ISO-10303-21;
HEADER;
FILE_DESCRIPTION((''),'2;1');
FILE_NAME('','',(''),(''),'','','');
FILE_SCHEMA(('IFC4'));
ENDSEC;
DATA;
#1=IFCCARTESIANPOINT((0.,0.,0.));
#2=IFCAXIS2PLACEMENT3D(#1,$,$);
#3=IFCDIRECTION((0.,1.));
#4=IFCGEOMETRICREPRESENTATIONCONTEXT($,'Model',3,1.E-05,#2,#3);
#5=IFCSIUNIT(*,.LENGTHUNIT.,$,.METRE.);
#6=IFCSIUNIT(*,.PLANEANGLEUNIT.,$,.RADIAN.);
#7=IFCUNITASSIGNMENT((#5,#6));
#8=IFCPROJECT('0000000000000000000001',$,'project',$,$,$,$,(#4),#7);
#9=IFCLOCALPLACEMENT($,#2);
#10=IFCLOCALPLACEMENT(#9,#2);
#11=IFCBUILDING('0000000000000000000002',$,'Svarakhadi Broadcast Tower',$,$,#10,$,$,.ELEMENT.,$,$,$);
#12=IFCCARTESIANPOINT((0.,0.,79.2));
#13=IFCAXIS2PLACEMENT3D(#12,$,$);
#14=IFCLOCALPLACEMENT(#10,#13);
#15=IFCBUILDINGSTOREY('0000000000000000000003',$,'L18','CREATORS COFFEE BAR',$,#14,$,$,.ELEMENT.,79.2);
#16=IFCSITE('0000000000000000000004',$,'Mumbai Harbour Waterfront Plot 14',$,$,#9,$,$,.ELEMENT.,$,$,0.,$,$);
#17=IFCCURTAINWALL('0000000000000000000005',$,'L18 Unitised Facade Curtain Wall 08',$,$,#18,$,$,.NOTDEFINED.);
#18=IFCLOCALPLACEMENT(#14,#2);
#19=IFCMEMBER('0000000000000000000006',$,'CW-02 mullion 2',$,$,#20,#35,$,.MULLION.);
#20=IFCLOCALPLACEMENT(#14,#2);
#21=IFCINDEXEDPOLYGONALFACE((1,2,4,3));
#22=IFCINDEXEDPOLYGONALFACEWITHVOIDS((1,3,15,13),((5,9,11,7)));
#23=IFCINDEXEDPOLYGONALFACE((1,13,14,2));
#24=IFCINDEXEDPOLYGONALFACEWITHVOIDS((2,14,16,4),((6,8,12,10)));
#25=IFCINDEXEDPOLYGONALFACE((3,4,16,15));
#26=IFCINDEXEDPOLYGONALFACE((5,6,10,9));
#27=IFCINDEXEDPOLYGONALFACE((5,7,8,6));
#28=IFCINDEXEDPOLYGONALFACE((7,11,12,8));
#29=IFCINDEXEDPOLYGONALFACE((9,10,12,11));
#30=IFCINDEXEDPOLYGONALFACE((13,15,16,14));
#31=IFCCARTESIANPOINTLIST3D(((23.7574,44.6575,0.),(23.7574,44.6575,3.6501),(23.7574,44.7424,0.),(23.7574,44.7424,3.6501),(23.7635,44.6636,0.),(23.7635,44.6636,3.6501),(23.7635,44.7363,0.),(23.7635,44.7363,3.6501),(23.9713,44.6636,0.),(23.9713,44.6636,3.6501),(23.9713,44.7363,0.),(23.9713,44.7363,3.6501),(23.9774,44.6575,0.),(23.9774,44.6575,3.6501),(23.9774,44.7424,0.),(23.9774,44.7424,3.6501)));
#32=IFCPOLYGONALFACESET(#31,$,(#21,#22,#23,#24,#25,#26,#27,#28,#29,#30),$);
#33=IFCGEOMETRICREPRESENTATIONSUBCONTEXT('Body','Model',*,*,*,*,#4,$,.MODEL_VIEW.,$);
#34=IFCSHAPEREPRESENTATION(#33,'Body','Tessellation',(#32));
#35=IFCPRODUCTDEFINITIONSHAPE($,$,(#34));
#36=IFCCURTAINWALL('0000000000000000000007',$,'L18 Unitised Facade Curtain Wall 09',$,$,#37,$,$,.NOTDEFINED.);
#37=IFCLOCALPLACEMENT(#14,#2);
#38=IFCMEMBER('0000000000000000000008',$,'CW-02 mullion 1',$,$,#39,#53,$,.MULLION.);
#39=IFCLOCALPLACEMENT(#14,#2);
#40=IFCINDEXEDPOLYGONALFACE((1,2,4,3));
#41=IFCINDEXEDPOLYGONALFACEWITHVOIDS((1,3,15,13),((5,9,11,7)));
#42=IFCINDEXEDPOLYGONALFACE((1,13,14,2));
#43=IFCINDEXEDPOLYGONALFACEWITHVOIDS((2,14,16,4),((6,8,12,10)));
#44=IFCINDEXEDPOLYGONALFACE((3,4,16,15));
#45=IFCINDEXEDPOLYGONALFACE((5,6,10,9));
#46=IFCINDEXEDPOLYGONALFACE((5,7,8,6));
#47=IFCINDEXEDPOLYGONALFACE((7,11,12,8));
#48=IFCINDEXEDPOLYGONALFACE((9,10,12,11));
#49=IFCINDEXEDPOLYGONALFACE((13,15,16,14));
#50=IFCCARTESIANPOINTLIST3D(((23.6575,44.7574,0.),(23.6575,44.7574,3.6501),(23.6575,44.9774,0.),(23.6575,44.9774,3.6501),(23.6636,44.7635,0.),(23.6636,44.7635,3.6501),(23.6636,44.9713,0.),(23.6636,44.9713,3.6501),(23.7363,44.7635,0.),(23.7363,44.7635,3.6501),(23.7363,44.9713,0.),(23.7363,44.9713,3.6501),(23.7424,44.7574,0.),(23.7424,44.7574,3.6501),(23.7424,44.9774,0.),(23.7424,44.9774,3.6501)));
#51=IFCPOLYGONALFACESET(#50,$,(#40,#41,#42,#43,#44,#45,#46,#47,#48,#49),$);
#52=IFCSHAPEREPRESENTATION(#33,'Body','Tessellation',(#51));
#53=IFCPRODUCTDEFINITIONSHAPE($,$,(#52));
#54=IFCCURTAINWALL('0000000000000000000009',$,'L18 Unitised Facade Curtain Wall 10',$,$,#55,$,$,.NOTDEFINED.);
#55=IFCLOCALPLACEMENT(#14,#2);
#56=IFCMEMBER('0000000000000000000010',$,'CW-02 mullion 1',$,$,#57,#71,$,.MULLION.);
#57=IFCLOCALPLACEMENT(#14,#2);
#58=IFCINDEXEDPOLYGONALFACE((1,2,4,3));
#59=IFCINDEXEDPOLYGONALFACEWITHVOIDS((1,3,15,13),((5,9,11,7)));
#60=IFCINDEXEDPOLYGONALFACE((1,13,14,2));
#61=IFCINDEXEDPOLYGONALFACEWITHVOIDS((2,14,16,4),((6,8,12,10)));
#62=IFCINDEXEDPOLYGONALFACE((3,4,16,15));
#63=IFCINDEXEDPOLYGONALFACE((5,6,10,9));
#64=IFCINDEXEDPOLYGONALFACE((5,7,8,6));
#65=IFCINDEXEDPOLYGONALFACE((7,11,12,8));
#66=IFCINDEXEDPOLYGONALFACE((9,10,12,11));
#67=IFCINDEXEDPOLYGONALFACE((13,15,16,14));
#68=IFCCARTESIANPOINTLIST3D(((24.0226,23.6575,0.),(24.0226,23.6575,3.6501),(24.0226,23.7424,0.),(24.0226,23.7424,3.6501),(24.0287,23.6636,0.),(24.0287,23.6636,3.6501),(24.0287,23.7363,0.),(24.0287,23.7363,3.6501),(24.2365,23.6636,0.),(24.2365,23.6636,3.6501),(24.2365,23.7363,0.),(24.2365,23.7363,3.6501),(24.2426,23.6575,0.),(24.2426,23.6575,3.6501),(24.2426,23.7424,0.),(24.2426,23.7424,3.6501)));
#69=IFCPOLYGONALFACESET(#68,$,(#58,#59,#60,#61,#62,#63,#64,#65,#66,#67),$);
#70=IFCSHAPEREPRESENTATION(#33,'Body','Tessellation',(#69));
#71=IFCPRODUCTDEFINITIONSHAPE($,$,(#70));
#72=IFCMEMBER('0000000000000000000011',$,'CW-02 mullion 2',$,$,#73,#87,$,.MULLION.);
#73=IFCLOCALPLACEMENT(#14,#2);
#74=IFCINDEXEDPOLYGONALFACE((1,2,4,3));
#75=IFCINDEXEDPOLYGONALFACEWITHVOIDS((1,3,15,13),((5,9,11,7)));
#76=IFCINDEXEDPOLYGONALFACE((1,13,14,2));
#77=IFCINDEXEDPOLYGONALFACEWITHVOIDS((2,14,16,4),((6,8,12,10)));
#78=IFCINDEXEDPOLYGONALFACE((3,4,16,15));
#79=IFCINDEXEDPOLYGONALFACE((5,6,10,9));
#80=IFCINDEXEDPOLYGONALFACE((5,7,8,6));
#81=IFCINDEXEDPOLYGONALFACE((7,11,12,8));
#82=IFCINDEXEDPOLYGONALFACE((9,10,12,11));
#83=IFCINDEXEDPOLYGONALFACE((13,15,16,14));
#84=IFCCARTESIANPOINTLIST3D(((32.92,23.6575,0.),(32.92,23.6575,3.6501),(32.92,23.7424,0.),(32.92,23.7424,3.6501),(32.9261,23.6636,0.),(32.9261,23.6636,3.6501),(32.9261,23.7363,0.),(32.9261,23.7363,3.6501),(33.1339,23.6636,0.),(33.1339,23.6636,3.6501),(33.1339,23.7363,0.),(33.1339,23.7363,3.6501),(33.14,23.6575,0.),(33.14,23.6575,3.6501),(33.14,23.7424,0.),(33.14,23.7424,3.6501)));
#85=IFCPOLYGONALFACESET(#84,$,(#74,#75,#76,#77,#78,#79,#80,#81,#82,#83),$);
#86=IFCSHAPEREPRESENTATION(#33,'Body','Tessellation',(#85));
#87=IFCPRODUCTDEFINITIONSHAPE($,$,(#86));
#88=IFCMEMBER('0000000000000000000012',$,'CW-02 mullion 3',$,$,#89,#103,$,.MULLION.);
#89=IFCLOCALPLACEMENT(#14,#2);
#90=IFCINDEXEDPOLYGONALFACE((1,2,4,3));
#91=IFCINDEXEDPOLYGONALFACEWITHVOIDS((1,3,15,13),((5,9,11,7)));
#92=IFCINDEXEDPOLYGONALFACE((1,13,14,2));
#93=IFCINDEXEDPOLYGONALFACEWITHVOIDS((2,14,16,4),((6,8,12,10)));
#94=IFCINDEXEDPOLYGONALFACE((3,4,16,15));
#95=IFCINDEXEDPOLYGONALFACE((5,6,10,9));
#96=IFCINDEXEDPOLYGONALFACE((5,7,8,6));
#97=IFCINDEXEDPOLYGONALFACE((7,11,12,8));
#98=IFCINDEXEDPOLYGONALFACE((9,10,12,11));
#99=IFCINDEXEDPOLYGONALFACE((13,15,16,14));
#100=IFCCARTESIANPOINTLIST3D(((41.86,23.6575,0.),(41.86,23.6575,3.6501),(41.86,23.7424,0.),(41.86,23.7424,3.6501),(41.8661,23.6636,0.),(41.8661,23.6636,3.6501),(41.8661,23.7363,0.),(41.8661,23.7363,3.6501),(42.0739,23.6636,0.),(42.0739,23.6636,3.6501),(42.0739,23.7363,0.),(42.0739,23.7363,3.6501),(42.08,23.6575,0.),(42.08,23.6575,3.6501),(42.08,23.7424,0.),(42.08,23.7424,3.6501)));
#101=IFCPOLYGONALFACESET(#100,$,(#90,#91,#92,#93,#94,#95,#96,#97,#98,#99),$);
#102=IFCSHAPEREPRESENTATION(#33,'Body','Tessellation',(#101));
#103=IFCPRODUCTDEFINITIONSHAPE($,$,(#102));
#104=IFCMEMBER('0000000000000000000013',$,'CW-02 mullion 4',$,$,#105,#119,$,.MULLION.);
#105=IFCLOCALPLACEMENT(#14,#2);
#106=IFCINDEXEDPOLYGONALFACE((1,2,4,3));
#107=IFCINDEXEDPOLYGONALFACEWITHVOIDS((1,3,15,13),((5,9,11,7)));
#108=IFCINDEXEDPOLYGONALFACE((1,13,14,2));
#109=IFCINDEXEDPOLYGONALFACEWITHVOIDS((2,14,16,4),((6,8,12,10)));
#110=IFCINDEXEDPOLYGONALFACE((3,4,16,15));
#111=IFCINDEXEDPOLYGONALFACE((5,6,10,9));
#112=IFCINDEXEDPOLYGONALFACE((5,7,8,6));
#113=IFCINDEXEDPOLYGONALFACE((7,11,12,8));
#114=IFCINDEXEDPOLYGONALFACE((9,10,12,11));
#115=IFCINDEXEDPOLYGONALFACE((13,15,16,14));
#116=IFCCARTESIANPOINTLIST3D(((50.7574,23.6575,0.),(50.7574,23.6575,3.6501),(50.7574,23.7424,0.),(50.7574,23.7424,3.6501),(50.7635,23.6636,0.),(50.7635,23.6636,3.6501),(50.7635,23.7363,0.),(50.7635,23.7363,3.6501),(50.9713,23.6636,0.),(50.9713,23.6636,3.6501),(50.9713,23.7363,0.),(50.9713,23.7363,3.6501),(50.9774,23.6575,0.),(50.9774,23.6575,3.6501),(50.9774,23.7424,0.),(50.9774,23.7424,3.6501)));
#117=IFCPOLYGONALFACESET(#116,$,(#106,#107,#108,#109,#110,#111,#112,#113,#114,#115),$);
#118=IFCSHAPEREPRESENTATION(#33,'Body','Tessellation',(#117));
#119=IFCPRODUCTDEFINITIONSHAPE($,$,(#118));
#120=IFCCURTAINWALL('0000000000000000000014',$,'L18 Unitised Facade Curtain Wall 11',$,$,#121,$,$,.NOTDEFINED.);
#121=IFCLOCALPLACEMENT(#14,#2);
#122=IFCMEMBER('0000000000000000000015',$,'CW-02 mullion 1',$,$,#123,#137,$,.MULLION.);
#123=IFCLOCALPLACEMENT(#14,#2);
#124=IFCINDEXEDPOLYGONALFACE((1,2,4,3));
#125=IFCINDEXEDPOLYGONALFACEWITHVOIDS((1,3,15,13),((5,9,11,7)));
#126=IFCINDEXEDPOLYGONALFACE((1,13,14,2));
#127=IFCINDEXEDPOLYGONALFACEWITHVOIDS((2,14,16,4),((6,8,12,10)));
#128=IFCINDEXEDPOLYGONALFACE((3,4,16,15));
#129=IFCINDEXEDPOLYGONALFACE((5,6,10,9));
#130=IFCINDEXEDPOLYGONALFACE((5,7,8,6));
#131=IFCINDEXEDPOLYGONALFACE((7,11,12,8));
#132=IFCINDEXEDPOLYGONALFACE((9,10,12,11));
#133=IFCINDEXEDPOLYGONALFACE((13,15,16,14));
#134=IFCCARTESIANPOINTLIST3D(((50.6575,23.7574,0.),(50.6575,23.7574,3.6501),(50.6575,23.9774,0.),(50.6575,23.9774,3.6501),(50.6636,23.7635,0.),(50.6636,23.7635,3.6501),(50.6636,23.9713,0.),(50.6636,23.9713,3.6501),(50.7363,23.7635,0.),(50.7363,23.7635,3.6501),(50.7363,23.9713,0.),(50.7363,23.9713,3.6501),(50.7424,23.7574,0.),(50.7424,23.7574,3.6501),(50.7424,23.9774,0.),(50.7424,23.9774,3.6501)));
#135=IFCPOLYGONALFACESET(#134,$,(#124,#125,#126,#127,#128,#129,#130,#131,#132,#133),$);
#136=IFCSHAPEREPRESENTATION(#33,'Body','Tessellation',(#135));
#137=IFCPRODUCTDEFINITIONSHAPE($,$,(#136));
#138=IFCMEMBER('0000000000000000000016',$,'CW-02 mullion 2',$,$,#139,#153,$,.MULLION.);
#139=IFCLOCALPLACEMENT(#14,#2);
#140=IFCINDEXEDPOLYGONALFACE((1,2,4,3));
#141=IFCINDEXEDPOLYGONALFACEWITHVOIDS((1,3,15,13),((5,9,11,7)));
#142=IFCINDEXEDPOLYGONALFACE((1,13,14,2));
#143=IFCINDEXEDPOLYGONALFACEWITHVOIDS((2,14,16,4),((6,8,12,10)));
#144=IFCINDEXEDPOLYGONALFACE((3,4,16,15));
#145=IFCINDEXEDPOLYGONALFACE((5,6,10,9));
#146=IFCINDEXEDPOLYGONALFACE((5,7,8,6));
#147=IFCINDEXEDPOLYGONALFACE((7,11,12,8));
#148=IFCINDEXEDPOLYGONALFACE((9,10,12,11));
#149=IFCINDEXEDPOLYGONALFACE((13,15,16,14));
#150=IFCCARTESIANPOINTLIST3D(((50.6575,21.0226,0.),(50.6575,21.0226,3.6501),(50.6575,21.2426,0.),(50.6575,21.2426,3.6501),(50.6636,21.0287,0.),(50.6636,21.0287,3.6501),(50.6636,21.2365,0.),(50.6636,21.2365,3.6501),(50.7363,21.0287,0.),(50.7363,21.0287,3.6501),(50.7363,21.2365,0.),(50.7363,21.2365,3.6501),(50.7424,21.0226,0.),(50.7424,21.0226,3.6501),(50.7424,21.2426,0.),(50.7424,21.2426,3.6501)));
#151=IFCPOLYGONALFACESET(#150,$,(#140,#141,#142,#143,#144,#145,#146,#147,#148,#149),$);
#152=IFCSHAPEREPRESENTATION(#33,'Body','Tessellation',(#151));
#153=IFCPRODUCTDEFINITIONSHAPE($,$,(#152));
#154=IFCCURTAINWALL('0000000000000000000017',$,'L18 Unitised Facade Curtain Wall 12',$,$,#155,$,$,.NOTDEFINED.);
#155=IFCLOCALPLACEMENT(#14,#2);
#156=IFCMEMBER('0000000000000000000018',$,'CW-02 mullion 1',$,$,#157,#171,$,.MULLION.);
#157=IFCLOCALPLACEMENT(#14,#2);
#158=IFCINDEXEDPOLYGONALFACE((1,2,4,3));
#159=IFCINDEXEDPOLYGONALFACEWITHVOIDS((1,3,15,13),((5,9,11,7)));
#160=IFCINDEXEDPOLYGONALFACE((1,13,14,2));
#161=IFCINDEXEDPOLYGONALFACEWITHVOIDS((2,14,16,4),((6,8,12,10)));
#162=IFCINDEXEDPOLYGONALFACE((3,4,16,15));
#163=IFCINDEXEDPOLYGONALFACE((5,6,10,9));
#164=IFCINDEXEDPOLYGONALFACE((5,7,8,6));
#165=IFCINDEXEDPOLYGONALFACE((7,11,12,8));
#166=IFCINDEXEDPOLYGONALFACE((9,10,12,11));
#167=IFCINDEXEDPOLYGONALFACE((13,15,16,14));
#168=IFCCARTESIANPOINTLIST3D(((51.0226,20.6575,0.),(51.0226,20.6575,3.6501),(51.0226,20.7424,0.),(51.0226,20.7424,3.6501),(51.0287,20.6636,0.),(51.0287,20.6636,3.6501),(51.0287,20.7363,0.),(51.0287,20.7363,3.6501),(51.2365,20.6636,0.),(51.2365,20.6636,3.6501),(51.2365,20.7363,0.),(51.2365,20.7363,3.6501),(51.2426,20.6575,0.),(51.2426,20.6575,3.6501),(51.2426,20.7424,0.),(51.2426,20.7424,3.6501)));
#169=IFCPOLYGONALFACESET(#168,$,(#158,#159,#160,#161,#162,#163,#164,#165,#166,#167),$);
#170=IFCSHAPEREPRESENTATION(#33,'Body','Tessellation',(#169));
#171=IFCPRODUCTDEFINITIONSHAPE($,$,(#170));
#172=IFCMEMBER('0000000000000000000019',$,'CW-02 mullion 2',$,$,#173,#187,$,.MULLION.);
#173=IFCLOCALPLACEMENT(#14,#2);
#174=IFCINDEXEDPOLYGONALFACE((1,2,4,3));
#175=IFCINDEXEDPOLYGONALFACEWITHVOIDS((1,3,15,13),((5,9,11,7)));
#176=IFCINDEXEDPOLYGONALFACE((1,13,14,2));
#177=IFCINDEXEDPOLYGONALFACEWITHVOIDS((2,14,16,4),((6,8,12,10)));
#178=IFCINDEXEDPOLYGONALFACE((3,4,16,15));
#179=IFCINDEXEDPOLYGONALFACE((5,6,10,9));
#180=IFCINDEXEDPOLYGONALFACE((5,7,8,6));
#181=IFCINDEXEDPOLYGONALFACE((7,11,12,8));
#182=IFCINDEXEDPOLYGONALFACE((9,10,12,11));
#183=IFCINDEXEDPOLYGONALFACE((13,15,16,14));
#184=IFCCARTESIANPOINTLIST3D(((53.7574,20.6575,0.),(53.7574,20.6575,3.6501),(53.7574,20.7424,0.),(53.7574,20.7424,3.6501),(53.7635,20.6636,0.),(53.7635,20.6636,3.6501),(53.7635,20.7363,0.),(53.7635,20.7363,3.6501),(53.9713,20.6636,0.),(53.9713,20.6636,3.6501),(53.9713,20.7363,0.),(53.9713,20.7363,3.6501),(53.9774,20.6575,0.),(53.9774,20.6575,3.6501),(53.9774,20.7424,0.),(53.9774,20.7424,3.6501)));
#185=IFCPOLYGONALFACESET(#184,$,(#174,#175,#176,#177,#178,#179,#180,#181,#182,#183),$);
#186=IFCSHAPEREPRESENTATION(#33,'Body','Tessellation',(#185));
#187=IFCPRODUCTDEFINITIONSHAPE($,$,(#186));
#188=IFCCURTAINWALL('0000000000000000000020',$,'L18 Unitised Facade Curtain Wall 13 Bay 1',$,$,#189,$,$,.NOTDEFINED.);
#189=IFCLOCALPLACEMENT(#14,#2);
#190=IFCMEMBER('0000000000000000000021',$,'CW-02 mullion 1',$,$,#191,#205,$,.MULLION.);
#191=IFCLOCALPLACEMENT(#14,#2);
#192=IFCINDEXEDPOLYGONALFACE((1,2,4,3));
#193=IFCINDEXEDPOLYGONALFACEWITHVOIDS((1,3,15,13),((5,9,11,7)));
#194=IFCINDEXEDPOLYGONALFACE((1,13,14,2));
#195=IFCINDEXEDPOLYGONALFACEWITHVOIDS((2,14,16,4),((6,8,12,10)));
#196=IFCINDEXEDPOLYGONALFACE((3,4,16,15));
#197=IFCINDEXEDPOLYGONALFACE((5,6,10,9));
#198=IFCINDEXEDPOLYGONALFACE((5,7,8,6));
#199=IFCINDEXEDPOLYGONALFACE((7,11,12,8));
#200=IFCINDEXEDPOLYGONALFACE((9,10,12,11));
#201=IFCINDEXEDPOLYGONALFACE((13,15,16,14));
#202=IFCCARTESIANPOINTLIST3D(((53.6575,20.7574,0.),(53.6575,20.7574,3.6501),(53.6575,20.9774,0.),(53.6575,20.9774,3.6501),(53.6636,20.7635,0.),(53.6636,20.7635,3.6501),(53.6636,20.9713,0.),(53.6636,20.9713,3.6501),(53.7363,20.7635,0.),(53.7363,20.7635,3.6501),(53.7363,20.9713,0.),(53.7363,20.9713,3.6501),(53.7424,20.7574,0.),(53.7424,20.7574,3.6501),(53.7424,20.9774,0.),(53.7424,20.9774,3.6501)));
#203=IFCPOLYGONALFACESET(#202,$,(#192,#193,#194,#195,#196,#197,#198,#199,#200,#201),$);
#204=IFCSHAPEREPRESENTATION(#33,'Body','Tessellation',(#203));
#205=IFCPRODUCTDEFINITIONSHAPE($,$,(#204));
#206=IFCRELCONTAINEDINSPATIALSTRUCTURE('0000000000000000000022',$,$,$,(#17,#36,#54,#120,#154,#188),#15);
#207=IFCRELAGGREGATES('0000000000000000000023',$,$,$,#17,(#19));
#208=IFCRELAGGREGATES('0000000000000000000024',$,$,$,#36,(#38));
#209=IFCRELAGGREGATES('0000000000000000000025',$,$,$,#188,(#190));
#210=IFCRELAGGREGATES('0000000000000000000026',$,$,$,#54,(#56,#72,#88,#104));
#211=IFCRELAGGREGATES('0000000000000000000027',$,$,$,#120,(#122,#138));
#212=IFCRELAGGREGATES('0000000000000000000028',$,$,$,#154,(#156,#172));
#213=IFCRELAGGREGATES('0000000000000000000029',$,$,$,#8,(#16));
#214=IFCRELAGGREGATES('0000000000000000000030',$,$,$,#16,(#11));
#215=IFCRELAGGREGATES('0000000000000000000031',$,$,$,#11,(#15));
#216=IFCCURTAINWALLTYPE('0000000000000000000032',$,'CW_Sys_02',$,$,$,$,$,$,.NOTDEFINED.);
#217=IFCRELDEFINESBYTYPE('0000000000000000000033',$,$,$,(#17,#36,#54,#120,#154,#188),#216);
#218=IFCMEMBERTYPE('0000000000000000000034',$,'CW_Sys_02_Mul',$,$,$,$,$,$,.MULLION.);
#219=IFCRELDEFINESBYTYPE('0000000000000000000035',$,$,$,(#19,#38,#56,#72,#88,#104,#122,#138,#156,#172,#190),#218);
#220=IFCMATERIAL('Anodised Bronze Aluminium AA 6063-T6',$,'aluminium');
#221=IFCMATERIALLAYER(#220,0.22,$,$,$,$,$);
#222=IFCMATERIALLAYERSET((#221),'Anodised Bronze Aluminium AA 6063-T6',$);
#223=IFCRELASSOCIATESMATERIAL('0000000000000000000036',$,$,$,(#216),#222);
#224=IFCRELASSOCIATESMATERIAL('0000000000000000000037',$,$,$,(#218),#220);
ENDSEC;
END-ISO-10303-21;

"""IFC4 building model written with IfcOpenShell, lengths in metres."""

from ifc_helpers import new_model, si_unit, direction, frame, origin, origin_2d, place, context, subcontext, project, spatial, hollow_rectangle, extrude, material, layer, layer_set, material_profile, profile_set, type_object, element, aggregate, save


model = new_model("IFC4")

# Units and contexts
model_context = context("Model", 3, precision=1e-05, world=origin(), true_north=direction((0.0, 1.0)))
body_context = subcontext(model_context, "Body", "Model", "MODEL_VIEW")
ifc_project = project(units=[si_unit("LENGTHUNIT", "METRE"), si_unit("PLANEANGLEUNIT", "RADIAN")], contexts=[model_context])

# Site, building, storey
site_placement = place(None, origin())
site = spatial("IfcSite", under=ifc_project, at=site_placement, Name="Mumbai Harbour Waterfront Plot 14", CompositionType="ELEMENT", RefElevation=0.0)
building_placement = place(site_placement, origin())
building = spatial("IfcBuilding", under=site, at=building_placement, Name="Svarakhadi Broadcast Tower", CompositionType="ELEMENT")
storey_placement = place(building_placement, frame((0.0, 0.0, 79.2)))
storey = spatial("IfcBuildingStorey", under=building, at=storey_placement, Name="L18", Description="CREATORS COFFEE BAR", CompositionType="ELEMENT", Elevation=79.2)

# Curtain walls, members
ifc_material_1 = material(Name="Anodised Bronze Aluminium AA 6063-T6", Category="aluminium")
ifc_layer_1 = layer(ifc_material_1, 0.22)
ifc_layer_set_1 = layer_set([ifc_layer_1], Name="Anodised Bronze Aluminium AA 6063-T6")
curtain_wall_type = type_object("IfcCurtainWallType", Name="CW_Sys_02", PredefinedType="NOTDEFINED", material=ifc_layer_set_1)
curtain_wall_1_placement = place(storey_placement, origin())
curtain_wall_1 = element("IfcCurtainWall", 1, at=curtain_wall_1_placement, inside=storey, type_object=curtain_wall_type, Name="L18 Unitised Facade Curtain Wall 08", PredefinedType="NOTDEFINED")
ifc_material_profile_1 = material_profile(ifc_material_1, hollow_rectangle(XDim=0.085, YDim=0.22, WallThickness=0.0061, at=origin_2d()), Name="ALU MULLION 220x85x6")
ifc_profile_set_1 = profile_set([ifc_material_profile_1], Name="Anodised Bronze Aluminium AA 6063-T6")
member_type_1 = type_object("IfcMemberType", Name="CW_Sys_02_Mul", PredefinedType="MULLION", material=ifc_profile_set_1)
member_1_placement = place(storey_placement, frame((23.8674, 44.7, 0.0), z_axis=(0.0, 0.0, 1.0), x_axis=(0.0, 1.0, 0.0)))
member_1 = element("IfcMember", 2, at=member_1_placement, type_object=member_type_1, Name="CW-02 mullion 2", PredefinedType="MULLION", context=body_context, shape_type="SweptSolid", body=[
    extrude(hollow_rectangle(XDim=0.085, YDim=0.22, WallThickness=0.0061, at=origin_2d()), origin(), (0.0, 0.0, 1.0), 3.6501),
])
aggregate(curtain_wall_1, [member_1])
curtain_wall_2_placement = place(storey_placement, origin())
curtain_wall_2 = element("IfcCurtainWall", 3, at=curtain_wall_2_placement, inside=storey, type_object=curtain_wall_type, Name="L18 Unitised Facade Curtain Wall 09", PredefinedType="NOTDEFINED")
member_2_placement = place(storey_placement, frame((23.7, 44.8674, 0.0), z_axis=(0.0, 0.0, 1.0), x_axis=(1.0, 0.0, 0.0)))
member_2 = element("IfcMember", 4, at=member_2_placement, type_object=member_type_1, Name="CW-02 mullion 1", PredefinedType="MULLION", context=body_context, shape_type="SweptSolid", body=[
    extrude(hollow_rectangle(XDim=0.085, YDim=0.22, WallThickness=0.0061, at=origin_2d()), origin(), (0.0, 0.0, 1.0), 3.6501),
])

# Curtain walls, members
curtain_wall_3_placement = place(storey_placement, origin())
curtain_wall_3 = element("IfcCurtainWall", 5, at=curtain_wall_3_placement, inside=storey, type_object=curtain_wall_type, Name="L18 Unitised Facade Curtain Wall 10", PredefinedType="NOTDEFINED")
member_3_placement = place(storey_placement, frame((24.1326, 23.7, 0.0), z_axis=(0.0, 0.0, 1.0), x_axis=(0.0, 1.0, 0.0)))
member_3 = element("IfcMember", 6, at=member_3_placement, type_object=member_type_1, Name="CW-02 mullion 1", PredefinedType="MULLION", context=body_context, shape_type="SweptSolid", body=[
    extrude(hollow_rectangle(XDim=0.085, YDim=0.22, WallThickness=0.0061, at=origin_2d()), origin(), (0.0, 0.0, 1.0), 3.6501),
])
member_4_placement = place(storey_placement, frame((33.03, 23.7, 0.0), z_axis=(0.0, 0.0, 1.0), x_axis=(0.0, 1.0, 0.0)))
member_4 = element("IfcMember", 7, at=member_4_placement, type_object=member_type_1, Name="CW-02 mullion 2", PredefinedType="MULLION", context=body_context, shape_type="SweptSolid", body=[
    extrude(hollow_rectangle(XDim=0.085, YDim=0.22, WallThickness=0.0061, at=origin_2d()), origin(), (0.0, 0.0, 1.0), 3.6501),
])
member_5_placement = place(storey_placement, frame((41.97, 23.7, 0.0), z_axis=(0.0, 0.0, 1.0), x_axis=(0.0, 1.0, 0.0)))
member_5 = element("IfcMember", 8, at=member_5_placement, type_object=member_type_1, Name="CW-02 mullion 3", PredefinedType="MULLION", context=body_context, shape_type="SweptSolid", body=[
    extrude(hollow_rectangle(XDim=0.085, YDim=0.22, WallThickness=0.0061, at=origin_2d()), origin(), (0.0, 0.0, 1.0), 3.6501),
])
member_6_placement = place(storey_placement, frame((50.8674, 23.7, 0.0), z_axis=(0.0, 0.0, 1.0), x_axis=(0.0, 1.0, 0.0)))
member_6 = element("IfcMember", 9, at=member_6_placement, type_object=member_type_1, Name="CW-02 mullion 4", PredefinedType="MULLION", context=body_context, shape_type="SweptSolid", body=[
    extrude(hollow_rectangle(XDim=0.085, YDim=0.22, WallThickness=0.0061, at=origin_2d()), origin(), (0.0, 0.0, 1.0), 3.6501),
])
curtain_wall_4_placement = place(storey_placement, origin())
curtain_wall_4 = element("IfcCurtainWall", 10, at=curtain_wall_4_placement, inside=storey, type_object=curtain_wall_type, Name="L18 Unitised Facade Curtain Wall 11", PredefinedType="NOTDEFINED")
member_7_placement = place(storey_placement, frame((50.7, 23.8674, 0.0), z_axis=(0.0, 0.0, 1.0), x_axis=(1.0, 0.0, 0.0)))
member_7 = element("IfcMember", 11, at=member_7_placement, type_object=member_type_1, Name="CW-02 mullion 1", PredefinedType="MULLION", context=body_context, shape_type="SweptSolid", body=[
    extrude(hollow_rectangle(XDim=0.085, YDim=0.22, WallThickness=0.0061, at=origin_2d()), origin(), (0.0, 0.0, 1.0), 3.6501),
])
member_8_placement = place(storey_placement, frame((50.7, 21.1326, 0.0), z_axis=(0.0, 0.0, 1.0), x_axis=(1.0, 0.0, 0.0)))
member_8 = element("IfcMember", 12, at=member_8_placement, type_object=member_type_1, Name="CW-02 mullion 2", PredefinedType="MULLION", context=body_context, shape_type="SweptSolid", body=[
    extrude(hollow_rectangle(XDim=0.085, YDim=0.22, WallThickness=0.0061, at=origin_2d()), origin(), (0.0, 0.0, 1.0), 3.6501),
])
curtain_wall_5_placement = place(storey_placement, origin())
curtain_wall_5 = element("IfcCurtainWall", 13, at=curtain_wall_5_placement, inside=storey, type_object=curtain_wall_type, Name="L18 Unitised Facade Curtain Wall 12", PredefinedType="NOTDEFINED")
member_9_placement = place(storey_placement, frame((51.1326, 20.7, 0.0), z_axis=(0.0, 0.0, 1.0), x_axis=(0.0, 1.0, 0.0)))
member_9 = element("IfcMember", 14, at=member_9_placement, type_object=member_type_1, Name="CW-02 mullion 1", PredefinedType="MULLION", context=body_context, shape_type="SweptSolid", body=[
    extrude(hollow_rectangle(XDim=0.085, YDim=0.22, WallThickness=0.0061, at=origin_2d()), origin(), (0.0, 0.0, 1.0), 3.6501),
])
member_10_placement = place(storey_placement, frame((53.8674, 20.7, 0.0), z_axis=(0.0, 0.0, 1.0), x_axis=(0.0, 1.0, 0.0)))
member_10 = element("IfcMember", 15, at=member_10_placement, type_object=member_type_1, Name="CW-02 mullion 2", PredefinedType="MULLION", context=body_context, shape_type="SweptSolid", body=[
    extrude(hollow_rectangle(XDim=0.085, YDim=0.22, WallThickness=0.0061, at=origin_2d()), origin(), (0.0, 0.0, 1.0), 3.6501),
])

# Curtain wall, member
curtain_wall_6_placement = place(storey_placement, origin())
curtain_wall_6 = element("IfcCurtainWall", 16, at=curtain_wall_6_placement, inside=storey, type_object=curtain_wall_type, Name="L18 Unitised Facade Curtain Wall 13 Bay 1", PredefinedType="NOTDEFINED")
member_11_placement = place(storey_placement, frame((53.7, 20.8674, 0.0), z_axis=(0.0, 0.0, 1.0), x_axis=(1.0, 0.0, 0.0)))
member_11 = element("IfcMember", 17, at=member_11_placement, type_object=member_type_1, Name="CW-02 mullion 1", PredefinedType="MULLION", context=body_context, shape_type="SweptSolid", body=[
    extrude(hollow_rectangle(XDim=0.085, YDim=0.22, WallThickness=0.0061, at=origin_2d()), origin(), (0.0, 0.0, 1.0), 3.6501),
])

aggregate(curtain_wall_2, [member_2])
aggregate(curtain_wall_6, [member_11])

aggregate(curtain_wall_3, [member_3, member_4, member_5, member_6])
aggregate(curtain_wall_4, [member_7, member_8])
aggregate(curtain_wall_5, [member_9, member_10])

save(model, "model.ifc")
